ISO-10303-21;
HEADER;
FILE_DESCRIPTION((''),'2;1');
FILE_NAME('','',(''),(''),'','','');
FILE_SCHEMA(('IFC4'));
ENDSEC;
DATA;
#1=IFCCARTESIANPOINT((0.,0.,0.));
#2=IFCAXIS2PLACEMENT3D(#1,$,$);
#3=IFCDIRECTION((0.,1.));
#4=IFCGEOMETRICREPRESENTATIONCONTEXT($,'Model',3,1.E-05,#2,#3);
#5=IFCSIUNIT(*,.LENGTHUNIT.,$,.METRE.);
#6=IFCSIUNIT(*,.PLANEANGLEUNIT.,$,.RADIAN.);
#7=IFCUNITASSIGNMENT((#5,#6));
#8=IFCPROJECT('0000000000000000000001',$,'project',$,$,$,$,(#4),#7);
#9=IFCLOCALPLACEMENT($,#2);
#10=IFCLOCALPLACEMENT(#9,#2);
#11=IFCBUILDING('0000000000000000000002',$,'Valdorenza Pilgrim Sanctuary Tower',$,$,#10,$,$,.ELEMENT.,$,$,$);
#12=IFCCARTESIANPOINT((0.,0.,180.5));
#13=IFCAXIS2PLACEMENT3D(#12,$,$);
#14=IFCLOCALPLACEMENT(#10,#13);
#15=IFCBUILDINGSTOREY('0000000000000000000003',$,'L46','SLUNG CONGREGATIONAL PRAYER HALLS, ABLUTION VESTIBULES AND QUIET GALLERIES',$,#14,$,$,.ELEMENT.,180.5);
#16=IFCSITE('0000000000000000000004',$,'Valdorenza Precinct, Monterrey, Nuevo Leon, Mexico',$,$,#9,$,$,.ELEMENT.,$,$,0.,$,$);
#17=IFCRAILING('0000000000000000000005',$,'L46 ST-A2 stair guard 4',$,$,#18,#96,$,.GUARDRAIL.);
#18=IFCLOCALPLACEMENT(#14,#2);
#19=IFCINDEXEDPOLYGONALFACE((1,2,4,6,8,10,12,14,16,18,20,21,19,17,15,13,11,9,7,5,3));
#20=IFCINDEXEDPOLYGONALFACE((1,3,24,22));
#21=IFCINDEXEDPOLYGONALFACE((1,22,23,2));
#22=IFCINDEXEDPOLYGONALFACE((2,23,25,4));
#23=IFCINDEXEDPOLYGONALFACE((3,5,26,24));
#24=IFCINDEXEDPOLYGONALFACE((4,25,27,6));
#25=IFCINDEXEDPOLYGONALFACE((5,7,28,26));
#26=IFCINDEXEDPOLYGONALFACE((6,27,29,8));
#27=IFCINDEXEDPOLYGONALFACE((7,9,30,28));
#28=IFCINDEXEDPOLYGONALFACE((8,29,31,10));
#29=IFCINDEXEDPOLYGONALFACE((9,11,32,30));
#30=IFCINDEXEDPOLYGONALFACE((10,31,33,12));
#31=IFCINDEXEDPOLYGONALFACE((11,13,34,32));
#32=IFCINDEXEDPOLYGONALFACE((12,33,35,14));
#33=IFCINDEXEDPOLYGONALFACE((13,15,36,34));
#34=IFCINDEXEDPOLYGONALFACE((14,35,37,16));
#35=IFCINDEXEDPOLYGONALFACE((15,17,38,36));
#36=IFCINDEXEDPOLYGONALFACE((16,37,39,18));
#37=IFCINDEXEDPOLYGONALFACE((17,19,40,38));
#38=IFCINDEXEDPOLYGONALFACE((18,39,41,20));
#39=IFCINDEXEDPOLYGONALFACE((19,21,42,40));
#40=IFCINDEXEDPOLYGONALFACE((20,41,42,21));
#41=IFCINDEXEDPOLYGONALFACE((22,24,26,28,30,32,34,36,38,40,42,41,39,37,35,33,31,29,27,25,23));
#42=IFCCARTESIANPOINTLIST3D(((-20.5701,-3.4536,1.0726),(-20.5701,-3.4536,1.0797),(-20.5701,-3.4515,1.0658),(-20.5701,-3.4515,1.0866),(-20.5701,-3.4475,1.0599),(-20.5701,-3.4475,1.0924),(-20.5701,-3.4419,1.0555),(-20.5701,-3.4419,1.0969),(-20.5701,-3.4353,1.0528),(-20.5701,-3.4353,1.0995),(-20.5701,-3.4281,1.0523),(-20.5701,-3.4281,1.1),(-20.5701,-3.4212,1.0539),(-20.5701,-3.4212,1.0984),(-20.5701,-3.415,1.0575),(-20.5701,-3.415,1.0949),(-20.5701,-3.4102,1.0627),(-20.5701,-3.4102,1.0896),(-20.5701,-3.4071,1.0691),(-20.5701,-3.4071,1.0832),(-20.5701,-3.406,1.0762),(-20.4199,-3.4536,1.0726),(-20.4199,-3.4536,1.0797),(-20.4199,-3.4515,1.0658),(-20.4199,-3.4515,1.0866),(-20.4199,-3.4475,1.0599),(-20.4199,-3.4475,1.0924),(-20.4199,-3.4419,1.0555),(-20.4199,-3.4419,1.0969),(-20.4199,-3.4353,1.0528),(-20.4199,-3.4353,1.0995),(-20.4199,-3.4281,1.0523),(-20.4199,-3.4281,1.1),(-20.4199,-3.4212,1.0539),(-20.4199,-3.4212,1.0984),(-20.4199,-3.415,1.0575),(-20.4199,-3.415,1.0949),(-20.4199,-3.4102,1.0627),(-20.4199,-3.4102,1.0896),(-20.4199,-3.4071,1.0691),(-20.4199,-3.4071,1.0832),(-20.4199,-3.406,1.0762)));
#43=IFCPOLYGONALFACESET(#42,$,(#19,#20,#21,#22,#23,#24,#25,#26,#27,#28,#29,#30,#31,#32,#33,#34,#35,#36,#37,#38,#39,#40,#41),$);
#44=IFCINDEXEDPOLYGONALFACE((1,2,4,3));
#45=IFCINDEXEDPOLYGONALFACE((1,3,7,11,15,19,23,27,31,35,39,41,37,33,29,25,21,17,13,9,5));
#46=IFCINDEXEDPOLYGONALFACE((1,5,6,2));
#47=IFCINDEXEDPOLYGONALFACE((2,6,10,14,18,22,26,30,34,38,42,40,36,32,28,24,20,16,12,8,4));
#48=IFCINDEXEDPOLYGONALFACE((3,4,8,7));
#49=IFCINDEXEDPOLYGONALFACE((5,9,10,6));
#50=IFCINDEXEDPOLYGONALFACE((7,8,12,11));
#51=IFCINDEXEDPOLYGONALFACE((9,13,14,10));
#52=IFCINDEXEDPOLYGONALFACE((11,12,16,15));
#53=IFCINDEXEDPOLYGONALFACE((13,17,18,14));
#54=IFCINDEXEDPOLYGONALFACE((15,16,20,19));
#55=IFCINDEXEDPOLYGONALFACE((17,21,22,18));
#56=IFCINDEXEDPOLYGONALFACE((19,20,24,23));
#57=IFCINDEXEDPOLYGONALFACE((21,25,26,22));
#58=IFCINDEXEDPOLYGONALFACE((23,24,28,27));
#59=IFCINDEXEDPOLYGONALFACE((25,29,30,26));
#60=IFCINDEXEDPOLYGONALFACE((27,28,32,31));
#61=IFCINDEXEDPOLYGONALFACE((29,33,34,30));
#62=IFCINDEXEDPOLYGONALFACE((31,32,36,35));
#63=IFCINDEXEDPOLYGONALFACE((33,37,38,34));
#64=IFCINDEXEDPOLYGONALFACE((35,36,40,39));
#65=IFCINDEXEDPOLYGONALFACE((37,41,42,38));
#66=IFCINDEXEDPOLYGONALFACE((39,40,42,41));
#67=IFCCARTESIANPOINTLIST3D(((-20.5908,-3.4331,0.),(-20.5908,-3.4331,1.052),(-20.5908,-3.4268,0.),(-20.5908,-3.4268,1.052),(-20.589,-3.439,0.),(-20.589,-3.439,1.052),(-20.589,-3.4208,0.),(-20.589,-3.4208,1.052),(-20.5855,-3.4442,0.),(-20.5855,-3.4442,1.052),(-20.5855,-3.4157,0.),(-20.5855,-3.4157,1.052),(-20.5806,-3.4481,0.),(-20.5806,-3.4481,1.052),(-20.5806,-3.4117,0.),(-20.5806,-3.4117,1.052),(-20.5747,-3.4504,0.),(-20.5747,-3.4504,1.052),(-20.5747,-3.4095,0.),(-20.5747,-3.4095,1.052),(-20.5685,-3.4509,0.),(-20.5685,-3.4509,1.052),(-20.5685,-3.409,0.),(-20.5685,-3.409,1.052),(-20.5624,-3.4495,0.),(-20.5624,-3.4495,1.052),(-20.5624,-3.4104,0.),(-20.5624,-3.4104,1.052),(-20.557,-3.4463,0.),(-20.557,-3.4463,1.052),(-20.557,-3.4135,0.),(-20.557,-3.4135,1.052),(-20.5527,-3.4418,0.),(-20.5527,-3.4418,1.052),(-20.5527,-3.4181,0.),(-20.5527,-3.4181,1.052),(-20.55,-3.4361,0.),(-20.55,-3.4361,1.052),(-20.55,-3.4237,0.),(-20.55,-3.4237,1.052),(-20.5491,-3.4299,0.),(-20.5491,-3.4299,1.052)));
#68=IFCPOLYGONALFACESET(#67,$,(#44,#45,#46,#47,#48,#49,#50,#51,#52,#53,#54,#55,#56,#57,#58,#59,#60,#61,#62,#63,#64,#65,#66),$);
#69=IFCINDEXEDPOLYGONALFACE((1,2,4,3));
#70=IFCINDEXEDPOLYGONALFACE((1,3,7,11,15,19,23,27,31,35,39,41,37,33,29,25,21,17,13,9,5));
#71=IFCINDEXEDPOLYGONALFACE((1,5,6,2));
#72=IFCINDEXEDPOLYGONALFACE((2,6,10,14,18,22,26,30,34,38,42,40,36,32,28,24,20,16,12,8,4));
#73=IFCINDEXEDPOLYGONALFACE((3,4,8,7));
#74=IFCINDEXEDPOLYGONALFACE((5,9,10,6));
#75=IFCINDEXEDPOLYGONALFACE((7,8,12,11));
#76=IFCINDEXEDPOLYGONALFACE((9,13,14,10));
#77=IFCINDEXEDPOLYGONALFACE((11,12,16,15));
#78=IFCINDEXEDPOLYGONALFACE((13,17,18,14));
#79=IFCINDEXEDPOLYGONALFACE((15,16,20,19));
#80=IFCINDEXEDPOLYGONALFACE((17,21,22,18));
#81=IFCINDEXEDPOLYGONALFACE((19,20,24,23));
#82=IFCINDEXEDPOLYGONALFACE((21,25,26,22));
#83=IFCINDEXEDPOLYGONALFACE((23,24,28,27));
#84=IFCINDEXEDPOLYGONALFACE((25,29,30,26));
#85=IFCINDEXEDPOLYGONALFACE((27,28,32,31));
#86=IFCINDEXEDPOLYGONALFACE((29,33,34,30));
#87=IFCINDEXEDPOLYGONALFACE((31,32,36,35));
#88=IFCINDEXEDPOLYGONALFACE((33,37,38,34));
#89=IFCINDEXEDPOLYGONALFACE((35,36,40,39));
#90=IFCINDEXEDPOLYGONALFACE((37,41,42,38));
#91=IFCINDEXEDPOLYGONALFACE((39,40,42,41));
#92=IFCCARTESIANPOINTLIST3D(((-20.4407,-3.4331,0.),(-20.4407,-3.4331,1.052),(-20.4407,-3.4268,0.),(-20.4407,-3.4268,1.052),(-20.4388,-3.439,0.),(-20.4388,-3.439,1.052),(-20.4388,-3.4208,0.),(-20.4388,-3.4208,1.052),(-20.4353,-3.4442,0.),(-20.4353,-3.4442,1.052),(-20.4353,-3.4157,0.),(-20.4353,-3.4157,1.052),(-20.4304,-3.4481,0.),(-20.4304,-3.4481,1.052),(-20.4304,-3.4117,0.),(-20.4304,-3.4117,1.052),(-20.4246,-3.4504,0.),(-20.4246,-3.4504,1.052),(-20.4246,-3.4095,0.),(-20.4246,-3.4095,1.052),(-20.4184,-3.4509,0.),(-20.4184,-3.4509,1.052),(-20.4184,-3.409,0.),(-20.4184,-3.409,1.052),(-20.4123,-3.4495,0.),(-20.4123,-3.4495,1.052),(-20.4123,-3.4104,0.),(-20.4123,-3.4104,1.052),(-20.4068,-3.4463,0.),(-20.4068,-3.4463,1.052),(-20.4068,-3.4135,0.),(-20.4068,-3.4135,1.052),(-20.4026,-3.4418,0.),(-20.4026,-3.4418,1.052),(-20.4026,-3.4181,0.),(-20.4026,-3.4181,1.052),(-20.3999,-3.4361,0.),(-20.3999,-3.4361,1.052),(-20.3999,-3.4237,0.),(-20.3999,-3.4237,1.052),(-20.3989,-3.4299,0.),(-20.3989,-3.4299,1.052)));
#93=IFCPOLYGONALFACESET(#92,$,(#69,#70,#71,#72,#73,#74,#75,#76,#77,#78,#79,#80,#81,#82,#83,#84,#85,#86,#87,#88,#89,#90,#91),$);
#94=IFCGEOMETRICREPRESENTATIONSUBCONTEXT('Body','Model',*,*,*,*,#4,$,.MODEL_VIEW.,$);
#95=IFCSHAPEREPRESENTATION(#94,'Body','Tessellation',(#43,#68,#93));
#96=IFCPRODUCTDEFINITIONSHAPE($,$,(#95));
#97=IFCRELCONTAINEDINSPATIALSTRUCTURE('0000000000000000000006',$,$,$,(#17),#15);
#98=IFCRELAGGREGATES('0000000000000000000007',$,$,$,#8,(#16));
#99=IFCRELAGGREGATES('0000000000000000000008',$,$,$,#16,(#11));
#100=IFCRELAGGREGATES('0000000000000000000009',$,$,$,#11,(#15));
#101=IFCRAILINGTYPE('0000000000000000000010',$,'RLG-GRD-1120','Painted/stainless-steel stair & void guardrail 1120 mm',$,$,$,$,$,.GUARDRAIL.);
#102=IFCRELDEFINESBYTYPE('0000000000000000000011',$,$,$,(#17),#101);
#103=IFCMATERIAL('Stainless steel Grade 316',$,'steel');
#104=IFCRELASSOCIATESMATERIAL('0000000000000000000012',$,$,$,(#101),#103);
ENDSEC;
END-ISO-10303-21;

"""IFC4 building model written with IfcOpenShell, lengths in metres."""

from ifc_helpers import new_model, si_unit, direction, frame, origin, origin_2d, place, context, subcontext, project, spatial, circle, extrude, material, type_object, element, save


model = new_model("IFC4")

# Units and contexts
model_context = context("Model", 3, precision=1e-05, world=origin(), true_north=direction((0.0, 1.0)))
body_context = subcontext(model_context, "Body", "Model", "MODEL_VIEW")
ifc_project = project(units=[si_unit("LENGTHUNIT", "METRE"), si_unit("PLANEANGLEUNIT", "RADIAN")], contexts=[model_context])

# Site, building, storey
site_placement = place(None, origin())
site = spatial("IfcSite", under=ifc_project, at=site_placement, Name="Valdorenza Precinct, Monterrey, Nuevo Leon, Mexico", CompositionType="ELEMENT", RefElevation=0.0)
building_placement = place(site_placement, origin())
building = spatial("IfcBuilding", under=site, at=building_placement, Name="Valdorenza Pilgrim Sanctuary Tower", CompositionType="ELEMENT")
storey_placement = place(building_placement, frame((0.0, 0.0, 180.5)))
storey = spatial("IfcBuildingStorey", under=building, at=storey_placement, Name="L46", Description="SLUNG CONGREGATIONAL PRAYER HALLS, ABLUTION VESTIBULES AND QUIET GALLERIES", CompositionType="ELEMENT", Elevation=180.5)

# Railing
ifc_material_1 = material(Name="Stainless steel Grade 316", Category="steel")
railing_type_1 = type_object("IfcRailingType", Name="RLG-GRD-1120", Description="Painted/stainless-steel stair & void guardrail 1120 mm", PredefinedType="GUARDRAIL", material=ifc_material_1)
railing_1_placement = place(storey_placement, frame((-20.5701, -3.4299, 0.0)))
element("IfcRailing", 1, at=railing_1_placement, inside=storey, type_object=railing_type_1, Name="L46 ST-A2 stair guard 4", PredefinedType="GUARDRAIL", context=body_context, shape_type="SweptSolid", body=[
    extrude(circle(Radius=0.0239, at=origin_2d()), frame((0.0, 0.0, 1.0762), z_axis=(1.0, 0.0, 0.0), x_axis=(0.0, 1.0, 0.0)), (0.0, 0.0, 1.0), 0.1501),
    extrude(circle(Radius=0.021, at=origin_2d()), origin(), (0.0, 0.0, 1.0), 1.052),
    extrude(circle(Radius=0.021, at=origin_2d()), frame((0.1501, 0.0, 0.0)), (0.0, 0.0, 1.0), 1.052),
])

save(model, "model.ifc")
